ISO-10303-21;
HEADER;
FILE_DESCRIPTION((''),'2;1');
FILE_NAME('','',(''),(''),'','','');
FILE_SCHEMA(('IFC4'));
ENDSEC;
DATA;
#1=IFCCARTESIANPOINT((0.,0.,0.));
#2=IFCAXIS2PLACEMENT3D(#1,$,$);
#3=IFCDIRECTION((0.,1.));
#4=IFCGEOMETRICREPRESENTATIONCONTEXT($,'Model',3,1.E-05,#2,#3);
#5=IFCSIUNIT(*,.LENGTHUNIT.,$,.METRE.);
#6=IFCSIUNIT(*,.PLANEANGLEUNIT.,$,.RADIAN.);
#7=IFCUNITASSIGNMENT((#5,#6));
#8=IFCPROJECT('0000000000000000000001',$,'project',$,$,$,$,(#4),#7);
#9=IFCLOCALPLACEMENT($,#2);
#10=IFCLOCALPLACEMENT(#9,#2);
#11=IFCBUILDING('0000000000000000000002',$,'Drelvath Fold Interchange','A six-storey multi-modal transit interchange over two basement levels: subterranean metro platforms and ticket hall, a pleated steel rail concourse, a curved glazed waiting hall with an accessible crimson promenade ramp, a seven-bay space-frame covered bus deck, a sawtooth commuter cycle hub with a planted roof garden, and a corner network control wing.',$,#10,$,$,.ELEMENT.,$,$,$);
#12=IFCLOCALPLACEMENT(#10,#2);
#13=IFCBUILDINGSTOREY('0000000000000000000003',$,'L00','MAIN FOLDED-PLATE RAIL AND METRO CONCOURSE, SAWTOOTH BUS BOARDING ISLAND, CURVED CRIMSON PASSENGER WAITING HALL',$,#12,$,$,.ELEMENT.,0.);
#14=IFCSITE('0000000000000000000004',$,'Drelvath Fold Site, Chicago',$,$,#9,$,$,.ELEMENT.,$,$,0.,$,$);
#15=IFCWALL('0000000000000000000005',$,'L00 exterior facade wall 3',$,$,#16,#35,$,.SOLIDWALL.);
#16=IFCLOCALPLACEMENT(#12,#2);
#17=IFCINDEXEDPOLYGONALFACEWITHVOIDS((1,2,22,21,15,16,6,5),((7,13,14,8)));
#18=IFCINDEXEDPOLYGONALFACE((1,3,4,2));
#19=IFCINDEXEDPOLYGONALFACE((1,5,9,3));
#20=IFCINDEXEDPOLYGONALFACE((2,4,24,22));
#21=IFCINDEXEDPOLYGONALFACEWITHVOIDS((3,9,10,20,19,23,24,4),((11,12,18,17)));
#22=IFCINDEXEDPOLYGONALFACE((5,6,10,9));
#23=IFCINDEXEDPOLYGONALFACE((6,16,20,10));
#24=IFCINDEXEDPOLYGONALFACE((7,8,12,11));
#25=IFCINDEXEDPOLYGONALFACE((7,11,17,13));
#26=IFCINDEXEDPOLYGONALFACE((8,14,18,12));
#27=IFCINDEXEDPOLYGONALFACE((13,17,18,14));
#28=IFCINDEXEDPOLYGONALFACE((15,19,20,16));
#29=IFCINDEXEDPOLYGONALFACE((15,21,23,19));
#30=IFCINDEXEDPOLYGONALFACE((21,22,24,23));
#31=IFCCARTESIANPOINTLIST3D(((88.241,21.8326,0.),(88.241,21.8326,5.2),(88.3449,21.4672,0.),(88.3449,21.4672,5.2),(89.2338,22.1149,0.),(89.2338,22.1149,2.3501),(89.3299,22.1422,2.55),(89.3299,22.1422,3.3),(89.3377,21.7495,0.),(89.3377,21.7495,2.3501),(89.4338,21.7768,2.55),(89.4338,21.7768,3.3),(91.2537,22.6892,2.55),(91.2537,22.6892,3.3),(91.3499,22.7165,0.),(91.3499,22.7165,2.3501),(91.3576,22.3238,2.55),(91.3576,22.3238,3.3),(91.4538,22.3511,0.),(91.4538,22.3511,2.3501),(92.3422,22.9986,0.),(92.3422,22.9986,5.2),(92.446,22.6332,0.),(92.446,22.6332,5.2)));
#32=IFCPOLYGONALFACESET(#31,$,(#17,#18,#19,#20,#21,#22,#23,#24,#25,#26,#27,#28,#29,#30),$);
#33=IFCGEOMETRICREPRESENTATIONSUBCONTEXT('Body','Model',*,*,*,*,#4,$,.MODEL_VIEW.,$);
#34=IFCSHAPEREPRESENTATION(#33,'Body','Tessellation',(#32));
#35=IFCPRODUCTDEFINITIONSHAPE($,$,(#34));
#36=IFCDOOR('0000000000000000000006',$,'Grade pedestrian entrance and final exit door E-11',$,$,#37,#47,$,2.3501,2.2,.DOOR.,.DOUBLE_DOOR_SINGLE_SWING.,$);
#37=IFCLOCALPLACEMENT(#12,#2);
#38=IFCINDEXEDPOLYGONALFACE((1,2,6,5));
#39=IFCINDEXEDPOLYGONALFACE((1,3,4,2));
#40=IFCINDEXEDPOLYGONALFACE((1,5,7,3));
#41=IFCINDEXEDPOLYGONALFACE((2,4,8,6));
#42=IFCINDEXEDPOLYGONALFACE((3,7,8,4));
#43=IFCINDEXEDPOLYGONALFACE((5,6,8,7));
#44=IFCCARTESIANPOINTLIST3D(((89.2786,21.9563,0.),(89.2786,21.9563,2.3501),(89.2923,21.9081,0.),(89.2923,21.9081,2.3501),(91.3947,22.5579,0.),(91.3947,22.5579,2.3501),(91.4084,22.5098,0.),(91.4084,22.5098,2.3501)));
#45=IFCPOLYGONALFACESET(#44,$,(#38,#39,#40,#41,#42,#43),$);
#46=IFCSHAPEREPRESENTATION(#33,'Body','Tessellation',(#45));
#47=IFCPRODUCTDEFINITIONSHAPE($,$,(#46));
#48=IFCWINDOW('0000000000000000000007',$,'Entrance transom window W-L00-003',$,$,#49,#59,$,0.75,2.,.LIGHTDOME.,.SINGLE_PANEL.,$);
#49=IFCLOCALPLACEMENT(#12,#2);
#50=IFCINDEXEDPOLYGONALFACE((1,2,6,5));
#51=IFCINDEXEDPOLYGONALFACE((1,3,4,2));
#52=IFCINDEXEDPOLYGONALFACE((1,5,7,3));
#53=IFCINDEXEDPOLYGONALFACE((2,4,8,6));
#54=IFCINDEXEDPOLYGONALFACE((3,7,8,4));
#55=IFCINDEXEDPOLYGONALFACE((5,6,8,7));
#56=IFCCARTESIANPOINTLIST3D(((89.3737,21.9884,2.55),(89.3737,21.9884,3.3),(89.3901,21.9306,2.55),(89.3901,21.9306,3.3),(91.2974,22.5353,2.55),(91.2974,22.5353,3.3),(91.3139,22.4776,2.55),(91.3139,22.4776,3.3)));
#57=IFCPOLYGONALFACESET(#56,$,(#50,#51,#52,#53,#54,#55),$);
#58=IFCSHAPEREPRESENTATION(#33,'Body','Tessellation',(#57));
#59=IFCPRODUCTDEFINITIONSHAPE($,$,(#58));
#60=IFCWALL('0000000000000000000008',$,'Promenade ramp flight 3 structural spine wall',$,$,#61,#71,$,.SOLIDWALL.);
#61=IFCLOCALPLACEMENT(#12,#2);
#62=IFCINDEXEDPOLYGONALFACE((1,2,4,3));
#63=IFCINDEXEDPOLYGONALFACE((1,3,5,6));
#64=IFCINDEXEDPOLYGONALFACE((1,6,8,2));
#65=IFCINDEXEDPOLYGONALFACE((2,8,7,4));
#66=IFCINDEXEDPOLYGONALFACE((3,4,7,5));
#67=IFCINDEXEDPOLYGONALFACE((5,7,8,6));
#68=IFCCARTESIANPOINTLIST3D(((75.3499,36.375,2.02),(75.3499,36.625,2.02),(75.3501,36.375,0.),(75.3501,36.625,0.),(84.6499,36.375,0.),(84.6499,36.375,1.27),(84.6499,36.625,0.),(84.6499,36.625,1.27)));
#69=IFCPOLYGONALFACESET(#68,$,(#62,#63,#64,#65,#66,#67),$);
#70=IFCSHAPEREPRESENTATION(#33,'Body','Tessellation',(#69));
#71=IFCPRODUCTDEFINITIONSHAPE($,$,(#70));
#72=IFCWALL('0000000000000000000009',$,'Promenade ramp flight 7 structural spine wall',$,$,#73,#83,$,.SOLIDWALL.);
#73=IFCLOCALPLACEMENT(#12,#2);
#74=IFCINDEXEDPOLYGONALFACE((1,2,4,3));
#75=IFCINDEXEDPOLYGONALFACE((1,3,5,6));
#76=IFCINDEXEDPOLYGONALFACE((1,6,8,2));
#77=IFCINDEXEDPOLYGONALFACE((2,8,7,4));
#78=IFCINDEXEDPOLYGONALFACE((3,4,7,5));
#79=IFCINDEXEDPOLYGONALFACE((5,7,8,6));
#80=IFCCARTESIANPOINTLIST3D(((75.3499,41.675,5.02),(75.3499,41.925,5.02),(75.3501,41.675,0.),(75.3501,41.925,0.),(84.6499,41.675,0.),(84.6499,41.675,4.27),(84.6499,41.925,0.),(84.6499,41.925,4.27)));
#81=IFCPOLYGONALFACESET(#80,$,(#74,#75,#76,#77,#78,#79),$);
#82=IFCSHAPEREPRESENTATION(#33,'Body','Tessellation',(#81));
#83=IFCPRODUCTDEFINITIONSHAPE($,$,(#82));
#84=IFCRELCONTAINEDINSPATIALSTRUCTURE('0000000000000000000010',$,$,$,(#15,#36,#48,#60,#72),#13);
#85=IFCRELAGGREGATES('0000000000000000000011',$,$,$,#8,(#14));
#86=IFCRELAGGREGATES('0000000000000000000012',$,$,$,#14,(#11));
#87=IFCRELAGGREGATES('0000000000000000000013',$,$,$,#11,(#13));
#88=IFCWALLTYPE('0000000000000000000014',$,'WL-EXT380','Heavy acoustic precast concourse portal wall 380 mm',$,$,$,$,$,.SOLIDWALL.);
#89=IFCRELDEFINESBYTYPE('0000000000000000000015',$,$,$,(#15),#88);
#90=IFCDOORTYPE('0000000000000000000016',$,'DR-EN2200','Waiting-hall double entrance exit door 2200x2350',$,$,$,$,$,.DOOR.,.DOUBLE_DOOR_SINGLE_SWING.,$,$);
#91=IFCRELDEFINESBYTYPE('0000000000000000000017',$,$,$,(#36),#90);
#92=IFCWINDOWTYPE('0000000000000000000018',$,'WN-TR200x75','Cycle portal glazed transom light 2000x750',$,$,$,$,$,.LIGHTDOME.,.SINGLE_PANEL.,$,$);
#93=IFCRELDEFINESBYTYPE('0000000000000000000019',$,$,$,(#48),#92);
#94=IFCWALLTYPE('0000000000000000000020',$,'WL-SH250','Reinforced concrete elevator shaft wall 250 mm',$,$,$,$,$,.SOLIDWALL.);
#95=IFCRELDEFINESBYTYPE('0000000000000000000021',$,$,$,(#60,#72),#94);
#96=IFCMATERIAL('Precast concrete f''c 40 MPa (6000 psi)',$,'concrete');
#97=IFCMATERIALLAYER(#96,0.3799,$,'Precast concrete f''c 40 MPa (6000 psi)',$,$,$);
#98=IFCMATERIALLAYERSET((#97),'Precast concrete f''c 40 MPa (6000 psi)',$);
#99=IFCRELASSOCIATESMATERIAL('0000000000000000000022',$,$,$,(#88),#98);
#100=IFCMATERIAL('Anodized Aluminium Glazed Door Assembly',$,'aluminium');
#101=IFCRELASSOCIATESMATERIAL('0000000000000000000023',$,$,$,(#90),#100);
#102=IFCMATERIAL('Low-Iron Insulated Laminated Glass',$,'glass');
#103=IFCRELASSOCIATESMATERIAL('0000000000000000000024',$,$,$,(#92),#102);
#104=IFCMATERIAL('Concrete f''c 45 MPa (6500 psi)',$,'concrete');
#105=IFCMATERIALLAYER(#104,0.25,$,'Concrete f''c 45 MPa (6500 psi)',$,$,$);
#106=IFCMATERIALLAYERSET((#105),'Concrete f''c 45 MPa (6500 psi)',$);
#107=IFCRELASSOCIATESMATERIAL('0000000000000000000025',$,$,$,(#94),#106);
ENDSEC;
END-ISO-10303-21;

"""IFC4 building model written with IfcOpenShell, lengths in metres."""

from ifc_helpers import new_model, si_unit, direction, frame, frame_2d, origin, place, context, subcontext, project, spatial, polyline, rectangle, outline, extrude, material, layer, layer_set, type_object, element, fill, save


model = new_model("IFC4")

# Units and contexts
model_context = context("Model", 3, precision=1e-05, world=origin(), true_north=direction((0.0, 1.0)))
body_context = subcontext(model_context, "Body", "Model", "MODEL_VIEW")
ifc_project = project(units=[si_unit("LENGTHUNIT", "METRE"), si_unit("PLANEANGLEUNIT", "RADIAN")], contexts=[model_context])

# Site, building, storey
site_placement = place(None, origin())
site = spatial("IfcSite", under=ifc_project, at=site_placement, Name="Drelvath Fold Site, Chicago", CompositionType="ELEMENT", RefElevation=0.0)
building_placement = place(site_placement, origin())
building = spatial("IfcBuilding", under=site, at=building_placement, Name="Drelvath Fold Interchange", Description="A six-storey multi-modal transit interchange over two basement levels: subterranean metro platforms and ticket hall, a pleated steel rail concourse, a curved glazed waiting hall with an accessible crimson promenade ramp, a seven-bay space-frame covered bus deck, a sawtooth commuter cycle hub with a planted roof garden, and a corner network control wing.", CompositionType="ELEMENT")
storey_placement = place(building_placement, origin())
storey = spatial("IfcBuildingStorey", under=building, at=storey_placement, Name="L00", Description="MAIN FOLDED-PLATE RAIL AND METRO CONCOURSE, SAWTOOTH BUS BOARDING ISLAND, CURVED CRIMSON PASSENGER WAITING HALL", CompositionType="ELEMENT", Elevation=0.0)

# Shared definitions
ifc_material_1 = material(Name="Low-Iron Insulated Laminated Glass", Category="glass")

# Wall, openings, door, window
ifc_material_2 = material(Name="Precast concrete f'c 40 MPa (6000 psi)", Category="concrete")
ifc_layer_1 = layer(ifc_material_2, 0.3799, Name="Precast concrete f'c 40 MPa (6000 psi)")
ifc_layer_set_1 = layer_set([ifc_layer_1], Name="Precast concrete f'c 40 MPa (6000 psi)")
wall_type_1 = type_object("IfcWallType", Name="WL-EXT380", Description="Heavy acoustic precast concourse portal wall 380 mm", PredefinedType="SOLIDWALL", material=ifc_layer_set_1)
wall_1_placement = place(storey_placement, frame((88.293, 21.6499, 0.0), z_axis=(0.0, 0.0, 1.0), x_axis=(0.961878, 0.273481, 0.0)))
wall_1 = element("IfcWall", 1, at=wall_1_placement, inside=storey, type_object=wall_type_1, Name="L00 exterior facade wall 3", PredefinedType="SOLIDWALL", context=body_context, shape_type="SweptSolid", body=[
    extrude(rectangle(XDim=4.2637, YDim=0.3799, at=frame_2d((2.1318, 0.0))), origin(), (0.0, 0.0, 1.0), 5.2),
])
opening_1_placement = place(wall_1_placement, frame((1.032, 0.0, 0.0)))
opening_1 = element("IfcOpeningElement", 2, at=opening_1_placement, cuts=wall_1, PredefinedType="OPENING", context=body_context, shape_type="SweptSolid", body=[
    extrude(rectangle(XDim=2.2, YDim=2.3501, at=frame_2d((1.1001, 1.175))), frame((0.0, 0.2, 0.0), z_axis=(0.0, -1.0, 0.0), x_axis=(1.0, 0.0, 0.0)), (0.0, 0.0, 1.0), 0.3999),
])
opening_2_placement = place(wall_1_placement, frame((1.1321, 0.0, 2.55)))
opening_2 = element("IfcOpeningElement", 3, at=opening_2_placement, cuts=wall_1, PredefinedType="OPENING", context=body_context, shape_type="SweptSolid", body=[
    extrude(rectangle(XDim=2.0, YDim=0.75, at=frame_2d((1.0, 0.375))), frame((0.0, 0.2, 0.0), z_axis=(0.0, -1.0, 0.0), x_axis=(1.0, 0.0, 0.0)), (0.0, 0.0, 1.0), 0.3999),
])
ifc_material_3 = material(Name="Anodized Aluminium Glazed Door Assembly", Category="aluminium")
door_type = type_object("IfcDoorType", Name="DR-EN2200", Description="Waiting-hall double entrance exit door 2200x2350", OperationType="DOUBLE_DOOR_SINGLE_SWING", PredefinedType="DOOR", material=ifc_material_3)
door_placement = place(opening_1_placement, frame((2.2, 0.0, 0.0), z_axis=(0.0, 0.0, 1.0), x_axis=(-1.0, 0.0, 0.0)))
door = element("IfcDoor", 4, at=door_placement, inside=storey, type_object=door_type, Name="Grade pedestrian entrance and final exit door E-11", OperationType="DOUBLE_DOOR_SINGLE_SWING", OverallHeight=2.3501, OverallWidth=2.2, PredefinedType="DOOR", context=body_context, shape_type="SweptSolid", body=[
    extrude(rectangle(XDim=2.2, YDim=2.3501, at=frame_2d((1.1001, 1.175))), frame((0.0, 0.0249, 0.0), z_axis=(0.0, -1.0, 0.0), x_axis=(1.0, 0.0, 0.0)), (0.0, 0.0, 1.0), 0.05),
])
fill(opening_1, door)
window_type = type_object("IfcWindowType", Name="WN-TR200x75", Description="Cycle portal glazed transom light 2000x750", PartitioningType="SINGLE_PANEL", PredefinedType="LIGHTDOME", material=ifc_material_1)
window_placement = place(opening_2_placement, origin())
window = element("IfcWindow", 5, at=window_placement, inside=storey, type_object=window_type, Name="Entrance transom window W-L00-003", OverallHeight=0.75, OverallWidth=2.0, PartitioningType="SINGLE_PANEL", PredefinedType="LIGHTDOME", context=body_context, shape_type="SweptSolid", body=[
    extrude(rectangle(XDim=2.0, YDim=0.75, at=frame_2d((1.0, 0.375))), frame((0.0, 0.03, 0.0), z_axis=(0.0, -1.0, 0.0), x_axis=(1.0, 0.0, 0.0)), (0.0, 0.0, 1.0), 0.0601),
])
fill(opening_2, window)

# Walls
ifc_material_4 = material(Name="Concrete f'c 45 MPa (6500 psi)", Category="concrete")
ifc_layer_2 = layer(ifc_material_4, 0.25, Name="Concrete f'c 45 MPa (6500 psi)")
ifc_layer_set_2 = layer_set([ifc_layer_2], Name="Concrete f'c 45 MPa (6500 psi)")
wall_type_2 = type_object("IfcWallType", Name="WL-SH250", Description="Reinforced concrete elevator shaft wall 250 mm", PredefinedType="SOLIDWALL", material=ifc_layer_set_2)
wall_2_placement = place(storey_placement, frame((84.6499, 36.5, 0.0), z_axis=(0.0, 0.0, 1.0), x_axis=(-1.0, 0.0, 0.0)))
element("IfcWall", 6, at=wall_2_placement, inside=storey, type_object=wall_type_2, Name="Promenade ramp flight 3 structural spine wall", PredefinedType="SOLIDWALL", context=body_context, shape_type="SweptSolid", body=[
    extrude(outline(polyline([(0.0, 0.0), (9.2998, 0.0), (9.3, 2.02), (0.0, 1.27), (0.0, 0.0)])), frame((0.0, 0.125, 0.0), z_axis=(0.0, -1.0, 0.0), x_axis=(1.0, 0.0, 0.0)), (0.0, 0.0, 1.0), 0.25),
])
wall_3_placement = place(storey_placement, frame((84.6499, 41.8, 0.0), z_axis=(0.0, 0.0, 1.0), x_axis=(-1.0, 0.0, 0.0)))
element("IfcWall", 7, at=wall_3_placement, inside=storey, type_object=wall_type_2, Name="Promenade ramp flight 7 structural spine wall", PredefinedType="SOLIDWALL", context=body_context, shape_type="SweptSolid", body=[
    extrude(outline(polyline([(0.0, 0.0), (9.2998, 0.0), (9.3, 5.02), (0.0, 4.27), (0.0, 0.0)])), frame((0.0, 0.125, 0.0), z_axis=(0.0, -1.0, 0.0), x_axis=(1.0, 0.0, 0.0)), (0.0, 0.0, 1.0), 0.25),
])

save(model, "model.ifc")
